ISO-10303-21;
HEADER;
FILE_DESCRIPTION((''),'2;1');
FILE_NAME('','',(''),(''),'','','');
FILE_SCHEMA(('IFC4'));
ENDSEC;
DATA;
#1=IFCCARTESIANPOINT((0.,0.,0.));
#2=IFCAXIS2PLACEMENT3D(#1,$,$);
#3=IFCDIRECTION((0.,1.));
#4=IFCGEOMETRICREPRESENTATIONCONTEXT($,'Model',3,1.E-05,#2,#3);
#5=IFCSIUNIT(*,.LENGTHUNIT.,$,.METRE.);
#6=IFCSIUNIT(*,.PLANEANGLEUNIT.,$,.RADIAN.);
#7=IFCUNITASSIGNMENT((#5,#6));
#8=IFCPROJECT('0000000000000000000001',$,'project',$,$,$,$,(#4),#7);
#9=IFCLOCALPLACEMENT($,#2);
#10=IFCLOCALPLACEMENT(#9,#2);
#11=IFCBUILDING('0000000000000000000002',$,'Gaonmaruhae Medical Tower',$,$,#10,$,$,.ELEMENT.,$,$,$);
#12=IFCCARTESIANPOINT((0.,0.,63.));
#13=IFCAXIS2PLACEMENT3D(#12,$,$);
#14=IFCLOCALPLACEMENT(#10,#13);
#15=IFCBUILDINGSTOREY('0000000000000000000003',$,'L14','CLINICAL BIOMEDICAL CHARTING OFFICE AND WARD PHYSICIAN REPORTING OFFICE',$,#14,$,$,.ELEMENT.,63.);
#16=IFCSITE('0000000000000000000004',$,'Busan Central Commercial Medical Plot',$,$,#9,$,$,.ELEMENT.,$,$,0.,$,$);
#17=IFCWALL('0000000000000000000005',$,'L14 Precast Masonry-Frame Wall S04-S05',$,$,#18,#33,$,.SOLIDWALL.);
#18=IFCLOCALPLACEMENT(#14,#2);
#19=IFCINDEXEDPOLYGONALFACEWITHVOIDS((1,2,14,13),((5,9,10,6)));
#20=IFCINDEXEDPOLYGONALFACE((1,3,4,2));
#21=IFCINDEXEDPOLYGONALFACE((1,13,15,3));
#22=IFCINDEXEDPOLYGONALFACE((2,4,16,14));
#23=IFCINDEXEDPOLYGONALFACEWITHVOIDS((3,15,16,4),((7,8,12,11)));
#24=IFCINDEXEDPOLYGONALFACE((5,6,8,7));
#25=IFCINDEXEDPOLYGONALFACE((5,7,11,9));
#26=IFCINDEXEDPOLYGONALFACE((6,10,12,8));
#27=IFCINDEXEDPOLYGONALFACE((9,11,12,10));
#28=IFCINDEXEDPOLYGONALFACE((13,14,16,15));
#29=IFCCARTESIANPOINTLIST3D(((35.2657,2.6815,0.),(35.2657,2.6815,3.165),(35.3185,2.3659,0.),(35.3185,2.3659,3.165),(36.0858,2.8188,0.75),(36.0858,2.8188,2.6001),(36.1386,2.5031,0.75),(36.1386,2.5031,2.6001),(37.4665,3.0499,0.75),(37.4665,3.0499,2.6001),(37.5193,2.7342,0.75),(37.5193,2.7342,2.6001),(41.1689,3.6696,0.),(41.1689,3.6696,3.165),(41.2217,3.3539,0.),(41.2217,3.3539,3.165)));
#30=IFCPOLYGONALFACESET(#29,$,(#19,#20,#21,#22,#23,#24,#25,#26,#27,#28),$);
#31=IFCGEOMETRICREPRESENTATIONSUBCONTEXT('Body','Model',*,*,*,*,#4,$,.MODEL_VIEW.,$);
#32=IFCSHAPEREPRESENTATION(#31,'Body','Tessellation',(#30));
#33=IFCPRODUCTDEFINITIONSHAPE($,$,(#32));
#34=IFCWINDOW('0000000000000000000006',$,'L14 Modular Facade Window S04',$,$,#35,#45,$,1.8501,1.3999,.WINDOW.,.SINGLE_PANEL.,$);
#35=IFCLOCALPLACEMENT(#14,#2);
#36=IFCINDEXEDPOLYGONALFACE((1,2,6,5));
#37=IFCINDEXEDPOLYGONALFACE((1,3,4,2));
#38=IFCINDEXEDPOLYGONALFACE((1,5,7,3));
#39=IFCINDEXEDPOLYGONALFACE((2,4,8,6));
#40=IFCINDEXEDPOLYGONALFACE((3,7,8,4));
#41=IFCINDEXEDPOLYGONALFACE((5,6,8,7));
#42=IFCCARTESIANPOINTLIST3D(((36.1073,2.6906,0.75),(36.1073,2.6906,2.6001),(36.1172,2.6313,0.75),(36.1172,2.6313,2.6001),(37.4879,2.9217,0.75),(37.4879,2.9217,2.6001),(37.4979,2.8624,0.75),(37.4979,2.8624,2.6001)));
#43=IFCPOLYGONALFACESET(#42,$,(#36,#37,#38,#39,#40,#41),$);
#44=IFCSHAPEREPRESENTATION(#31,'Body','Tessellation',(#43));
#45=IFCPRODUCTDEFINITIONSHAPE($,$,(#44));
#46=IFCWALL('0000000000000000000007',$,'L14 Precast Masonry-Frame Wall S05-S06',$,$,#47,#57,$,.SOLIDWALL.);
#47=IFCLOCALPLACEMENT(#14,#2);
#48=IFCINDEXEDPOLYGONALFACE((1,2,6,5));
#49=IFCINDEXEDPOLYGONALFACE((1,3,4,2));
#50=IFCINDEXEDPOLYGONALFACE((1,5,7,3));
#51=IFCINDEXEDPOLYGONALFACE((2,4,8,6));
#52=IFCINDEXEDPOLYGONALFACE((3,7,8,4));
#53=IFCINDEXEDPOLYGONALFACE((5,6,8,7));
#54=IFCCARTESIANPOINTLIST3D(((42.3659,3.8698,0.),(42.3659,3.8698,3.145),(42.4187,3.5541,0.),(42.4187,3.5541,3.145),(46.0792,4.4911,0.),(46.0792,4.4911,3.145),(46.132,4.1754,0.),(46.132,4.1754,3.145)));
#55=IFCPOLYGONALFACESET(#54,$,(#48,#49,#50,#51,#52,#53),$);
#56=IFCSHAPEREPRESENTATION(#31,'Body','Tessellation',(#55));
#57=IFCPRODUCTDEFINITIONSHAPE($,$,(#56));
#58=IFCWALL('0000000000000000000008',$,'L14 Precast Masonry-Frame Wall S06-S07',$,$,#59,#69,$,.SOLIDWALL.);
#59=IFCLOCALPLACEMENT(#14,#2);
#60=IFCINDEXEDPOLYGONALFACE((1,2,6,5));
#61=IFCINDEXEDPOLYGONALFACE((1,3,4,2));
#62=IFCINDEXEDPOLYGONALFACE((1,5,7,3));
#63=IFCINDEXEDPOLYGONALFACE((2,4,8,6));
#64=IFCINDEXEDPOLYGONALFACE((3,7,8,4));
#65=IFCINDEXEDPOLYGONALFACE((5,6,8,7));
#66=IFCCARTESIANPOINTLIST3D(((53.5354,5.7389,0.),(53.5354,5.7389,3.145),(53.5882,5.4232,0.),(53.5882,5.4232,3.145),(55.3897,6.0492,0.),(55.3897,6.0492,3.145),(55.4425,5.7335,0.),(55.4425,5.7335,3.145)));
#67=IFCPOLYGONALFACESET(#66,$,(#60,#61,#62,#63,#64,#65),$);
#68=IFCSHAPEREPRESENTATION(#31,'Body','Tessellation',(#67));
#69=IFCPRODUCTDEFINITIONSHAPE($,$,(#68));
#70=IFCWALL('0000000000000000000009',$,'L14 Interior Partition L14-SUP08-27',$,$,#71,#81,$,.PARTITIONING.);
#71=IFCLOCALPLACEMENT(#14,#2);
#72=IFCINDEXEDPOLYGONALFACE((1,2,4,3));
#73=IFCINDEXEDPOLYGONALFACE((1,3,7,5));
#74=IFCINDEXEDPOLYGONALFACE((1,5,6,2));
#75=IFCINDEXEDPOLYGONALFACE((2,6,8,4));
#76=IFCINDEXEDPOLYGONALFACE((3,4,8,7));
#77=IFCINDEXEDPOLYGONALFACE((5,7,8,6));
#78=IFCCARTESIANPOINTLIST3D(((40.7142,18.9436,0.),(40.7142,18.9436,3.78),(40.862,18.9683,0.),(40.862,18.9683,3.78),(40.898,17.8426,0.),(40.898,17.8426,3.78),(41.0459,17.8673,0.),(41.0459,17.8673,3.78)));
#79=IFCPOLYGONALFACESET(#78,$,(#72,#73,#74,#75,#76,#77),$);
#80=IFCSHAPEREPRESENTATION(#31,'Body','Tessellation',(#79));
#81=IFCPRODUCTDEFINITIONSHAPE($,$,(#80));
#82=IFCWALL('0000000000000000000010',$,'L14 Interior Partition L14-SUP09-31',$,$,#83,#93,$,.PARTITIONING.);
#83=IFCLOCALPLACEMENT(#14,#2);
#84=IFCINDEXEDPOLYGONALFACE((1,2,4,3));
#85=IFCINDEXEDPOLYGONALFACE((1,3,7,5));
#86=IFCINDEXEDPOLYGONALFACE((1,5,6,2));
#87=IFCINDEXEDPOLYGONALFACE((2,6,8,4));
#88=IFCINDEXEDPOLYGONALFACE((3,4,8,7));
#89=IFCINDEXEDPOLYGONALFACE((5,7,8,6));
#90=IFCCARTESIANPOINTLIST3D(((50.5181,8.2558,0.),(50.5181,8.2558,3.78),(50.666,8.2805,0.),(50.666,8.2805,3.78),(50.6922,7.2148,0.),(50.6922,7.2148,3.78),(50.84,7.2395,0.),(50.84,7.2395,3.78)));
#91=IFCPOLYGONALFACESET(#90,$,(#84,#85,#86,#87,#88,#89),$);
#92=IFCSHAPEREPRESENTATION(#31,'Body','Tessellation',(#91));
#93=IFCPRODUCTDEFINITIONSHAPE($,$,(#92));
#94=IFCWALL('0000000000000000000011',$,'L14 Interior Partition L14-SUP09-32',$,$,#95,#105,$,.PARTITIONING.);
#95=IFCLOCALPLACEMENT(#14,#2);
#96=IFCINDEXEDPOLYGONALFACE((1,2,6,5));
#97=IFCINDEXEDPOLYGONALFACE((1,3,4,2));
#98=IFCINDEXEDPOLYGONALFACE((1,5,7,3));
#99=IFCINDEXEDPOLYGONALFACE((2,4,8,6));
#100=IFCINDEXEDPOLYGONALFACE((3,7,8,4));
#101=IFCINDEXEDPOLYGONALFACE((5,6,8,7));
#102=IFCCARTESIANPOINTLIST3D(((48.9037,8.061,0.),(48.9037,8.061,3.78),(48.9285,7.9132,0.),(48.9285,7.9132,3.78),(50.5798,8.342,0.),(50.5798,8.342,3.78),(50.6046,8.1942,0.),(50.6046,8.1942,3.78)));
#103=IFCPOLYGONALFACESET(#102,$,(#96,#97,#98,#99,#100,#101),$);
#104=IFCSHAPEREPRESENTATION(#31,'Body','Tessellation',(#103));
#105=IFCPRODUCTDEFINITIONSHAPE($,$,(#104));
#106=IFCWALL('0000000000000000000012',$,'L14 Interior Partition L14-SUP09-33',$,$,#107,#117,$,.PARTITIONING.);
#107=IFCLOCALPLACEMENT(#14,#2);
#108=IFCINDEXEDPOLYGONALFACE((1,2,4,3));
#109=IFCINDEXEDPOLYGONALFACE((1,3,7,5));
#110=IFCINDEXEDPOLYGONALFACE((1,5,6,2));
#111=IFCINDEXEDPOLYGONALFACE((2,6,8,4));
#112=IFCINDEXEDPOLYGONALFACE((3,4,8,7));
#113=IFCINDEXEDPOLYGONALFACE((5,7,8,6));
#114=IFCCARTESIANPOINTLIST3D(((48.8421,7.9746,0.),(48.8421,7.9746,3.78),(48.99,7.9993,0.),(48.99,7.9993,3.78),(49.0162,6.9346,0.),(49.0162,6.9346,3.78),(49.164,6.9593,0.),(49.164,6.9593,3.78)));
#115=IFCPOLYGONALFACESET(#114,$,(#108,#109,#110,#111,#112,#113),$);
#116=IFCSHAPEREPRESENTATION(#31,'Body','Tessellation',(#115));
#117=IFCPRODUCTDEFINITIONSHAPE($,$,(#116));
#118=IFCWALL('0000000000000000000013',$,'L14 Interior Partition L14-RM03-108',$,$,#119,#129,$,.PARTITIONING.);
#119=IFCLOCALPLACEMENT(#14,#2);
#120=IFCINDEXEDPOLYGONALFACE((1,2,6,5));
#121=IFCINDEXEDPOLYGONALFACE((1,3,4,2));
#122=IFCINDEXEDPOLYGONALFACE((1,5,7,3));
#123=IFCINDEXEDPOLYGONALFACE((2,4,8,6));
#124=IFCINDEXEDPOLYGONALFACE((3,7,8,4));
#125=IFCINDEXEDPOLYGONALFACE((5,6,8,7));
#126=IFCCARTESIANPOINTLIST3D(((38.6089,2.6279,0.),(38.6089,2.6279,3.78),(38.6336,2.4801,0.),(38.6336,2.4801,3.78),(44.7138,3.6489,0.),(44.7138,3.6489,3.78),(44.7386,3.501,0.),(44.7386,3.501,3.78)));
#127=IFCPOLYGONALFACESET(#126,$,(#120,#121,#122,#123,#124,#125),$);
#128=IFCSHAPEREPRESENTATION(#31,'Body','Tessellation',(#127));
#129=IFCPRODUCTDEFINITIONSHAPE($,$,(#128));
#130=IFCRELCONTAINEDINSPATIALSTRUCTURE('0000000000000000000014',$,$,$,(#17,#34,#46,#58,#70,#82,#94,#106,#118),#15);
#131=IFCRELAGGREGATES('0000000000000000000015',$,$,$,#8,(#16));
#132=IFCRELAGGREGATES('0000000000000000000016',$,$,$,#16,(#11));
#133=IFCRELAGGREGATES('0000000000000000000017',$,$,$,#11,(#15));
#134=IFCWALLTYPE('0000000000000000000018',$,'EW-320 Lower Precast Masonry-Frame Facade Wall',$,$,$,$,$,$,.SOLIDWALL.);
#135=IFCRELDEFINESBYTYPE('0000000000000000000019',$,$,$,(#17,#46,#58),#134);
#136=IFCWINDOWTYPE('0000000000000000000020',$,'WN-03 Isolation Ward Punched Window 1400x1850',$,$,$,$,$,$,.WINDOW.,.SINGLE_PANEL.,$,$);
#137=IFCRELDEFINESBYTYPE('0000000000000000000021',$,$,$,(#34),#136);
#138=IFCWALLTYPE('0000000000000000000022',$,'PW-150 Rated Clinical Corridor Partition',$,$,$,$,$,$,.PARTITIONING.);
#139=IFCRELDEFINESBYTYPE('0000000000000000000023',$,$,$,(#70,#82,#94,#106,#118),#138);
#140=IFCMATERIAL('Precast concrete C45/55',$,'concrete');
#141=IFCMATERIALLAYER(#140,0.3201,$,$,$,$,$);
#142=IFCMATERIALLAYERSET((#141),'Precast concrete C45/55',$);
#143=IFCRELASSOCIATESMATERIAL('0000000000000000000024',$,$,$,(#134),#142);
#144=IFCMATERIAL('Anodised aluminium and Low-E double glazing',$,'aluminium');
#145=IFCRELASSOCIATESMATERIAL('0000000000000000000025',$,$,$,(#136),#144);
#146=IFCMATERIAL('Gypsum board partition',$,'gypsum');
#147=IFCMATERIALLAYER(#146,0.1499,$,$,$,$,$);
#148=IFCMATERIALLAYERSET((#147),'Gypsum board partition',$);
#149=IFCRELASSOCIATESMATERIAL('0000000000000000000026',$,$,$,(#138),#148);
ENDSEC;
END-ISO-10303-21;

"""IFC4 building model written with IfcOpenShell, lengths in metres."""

from ifc_helpers import new_model, si_unit, direction, frame, frame_2d, origin, place, context, subcontext, project, spatial, rectangle, extrude, material, layer, layer_set, type_object, element, fill, save


model = new_model("IFC4")

# Units and contexts
model_context = context("Model", 3, precision=1e-05, world=origin(), true_north=direction((0.0, 1.0)))
body_context = subcontext(model_context, "Body", "Model", "MODEL_VIEW")
ifc_project = project(units=[si_unit("LENGTHUNIT", "METRE"), si_unit("PLANEANGLEUNIT", "RADIAN")], contexts=[model_context])

# Site, building, storey
site_placement = place(None, origin())
site = spatial("IfcSite", under=ifc_project, at=site_placement, Name="Busan Central Commercial Medical Plot", CompositionType="ELEMENT", RefElevation=0.0)
building_placement = place(site_placement, origin())
building = spatial("IfcBuilding", under=site, at=building_placement, Name="Gaonmaruhae Medical Tower", CompositionType="ELEMENT")
storey_placement = place(building_placement, frame((0.0, 0.0, 63.0)))
storey = spatial("IfcBuildingStorey", under=building, at=storey_placement, Name="L14", Description="CLINICAL BIOMEDICAL CHARTING OFFICE AND WARD PHYSICIAN REPORTING OFFICE", CompositionType="ELEMENT", Elevation=63.0)

# Shared definitions
ifc_material_1 = material(Name="Precast concrete C45/55", Category="concrete")

# Wall, opening, window
ifc_layer_1 = layer(ifc_material_1, 0.3201)
ifc_layer_set_1 = layer_set([ifc_layer_1], Name="Precast concrete C45/55")
wall_type_1 = type_object("IfcWallType", Name="EW-320 Lower Precast Masonry-Frame Facade Wall", PredefinedType="SOLIDWALL", material=ifc_layer_set_1)
wall_1_placement = place(storey_placement, frame((41.1953, 3.5117, 0.0), z_axis=(0.0, 0.0, 1.0), x_axis=(-0.986281, -0.165074, 0.0)))
wall_1 = element("IfcWall", 1, at=wall_1_placement, inside=storey, type_object=wall_type_1, Name="L14 Precast Masonry-Frame Wall S04-S05", PredefinedType="SOLIDWALL", context=body_context, shape_type="SweptSolid", body=[
    extrude(rectangle(XDim=5.9854, YDim=0.3201, at=frame_2d((2.9927, 0.0))), origin(), (0.0, 0.0, 1.0), 3.165),
])
opening_1_placement = place(wall_1_placement, frame((3.7539, 0.0, 0.75)))
opening_1 = element("IfcOpeningElement", 2, at=opening_1_placement, cuts=wall_1, PredefinedType="OPENING", context=body_context, shape_type="SweptSolid", body=[
    extrude(rectangle(XDim=1.3999, YDim=1.8501, at=frame_2d((0.7, 0.925))), frame((0.0, 0.1699, 0.0), z_axis=(0.0, -1.0, 0.0), x_axis=(1.0, 0.0, 0.0)), (0.0, 0.0, 1.0), 0.3401),
])
ifc_material_2 = material(Name="Anodised aluminium and Low-E double glazing", Category="aluminium")
window_type = type_object("IfcWindowType", Name="WN-03 Isolation Ward Punched Window 1400x1850", PartitioningType="SINGLE_PANEL", PredefinedType="WINDOW", material=ifc_material_2)
window_placement = place(opening_1_placement, origin())
window = element("IfcWindow", 3, at=window_placement, inside=storey, type_object=window_type, Name="L14 Modular Facade Window S04", OverallHeight=1.8501, OverallWidth=1.3999, PartitioningType="SINGLE_PANEL", PredefinedType="WINDOW", context=body_context, shape_type="SweptSolid", body=[
    extrude(rectangle(XDim=1.3999, YDim=1.8501, at=frame_2d((0.7, 0.925))), frame((0.0, 0.03, 0.0), z_axis=(0.0, -1.0, 0.0), x_axis=(1.0, 0.0, 0.0)), (0.0, 0.0, 1.0), 0.0601),
])
fill(opening_1, window)

# Walls
wall_2_placement = place(storey_placement, frame((46.1055, 4.3333, 0.0), z_axis=(0.0, 0.0, 1.0), x_axis=(-0.986289, -0.16503, 0.0)))
element("IfcWall", 4, at=wall_2_placement, inside=storey, type_object=wall_type_1, Name="L14 Precast Masonry-Frame Wall S05-S06", PredefinedType="SOLIDWALL", context=body_context, shape_type="SweptSolid", body=[
    extrude(rectangle(XDim=3.7649, YDim=0.3201, at=frame_2d((1.8823, 0.0))), origin(), (0.0, 0.0, 1.0), 3.145),
])
wall_3_placement = place(storey_placement, frame((55.416, 5.8914, 0.0), z_axis=(0.0, 0.0, 1.0), x_axis=(-0.986285, -0.165052, 0.0)))
element("IfcWall", 5, at=wall_3_placement, inside=storey, type_object=wall_type_1, Name="L14 Precast Masonry-Frame Wall S06-S07", PredefinedType="SOLIDWALL", context=body_context, shape_type="SweptSolid", body=[
    extrude(rectangle(XDim=1.8801, YDim=0.3201, at=frame_2d((0.9399, 0.0))), origin(), (0.0, 0.0, 1.0), 3.145),
])
ifc_material_3 = material(Name="Gypsum board partition", Category="gypsum")
ifc_layer_2 = layer(ifc_material_3, 0.1499)
ifc_layer_set_2 = layer_set([ifc_layer_2], Name="Gypsum board partition")
wall_type_2 = type_object("IfcWallType", Name="PW-150 Rated Clinical Corridor Partition", PredefinedType="PARTITIONING", material=ifc_layer_set_2)
wall_4_placement = place(storey_placement, frame((40.9719, 17.855, 0.0), z_axis=(0.0, 0.0, 1.0), x_axis=(-0.164683, 0.986347, 0.0)))
element("IfcWall", 6, at=wall_4_placement, inside=storey, type_object=wall_type_2, Name="L14 Interior Partition L14-SUP08-27", PredefinedType="PARTITIONING", context=body_context, shape_type="SweptSolid", body=[
    extrude(rectangle(XDim=1.1162, YDim=0.1499, at=frame_2d((0.5581, 0.0))), origin(), (0.0, 0.0, 1.0), 3.78),
])
wall_5_placement = place(storey_placement, frame((50.7661, 7.2271, 0.0), z_axis=(0.0, 0.0, 1.0), x_axis=(-0.164924, 0.986306, 0.0)))
element("IfcWall", 7, at=wall_5_placement, inside=storey, type_object=wall_type_2, Name="L14 Interior Partition L14-SUP09-31", PredefinedType="PARTITIONING", context=body_context, shape_type="SweptSolid", body=[
    extrude(rectangle(XDim=1.0554, YDim=0.1499, at=frame_2d((0.5278, 0.0))), origin(), (0.0, 0.0, 1.0), 3.78),
])
wall_6_placement = place(storey_placement, frame((50.592, 8.2681, 0.0), z_axis=(0.0, 0.0, 1.0), x_axis=(-0.986234, -0.165354, 0.0)))
element("IfcWall", 8, at=wall_6_placement, inside=storey, type_object=wall_type_2, Name="L14 Interior Partition L14-SUP09-32", PredefinedType="PARTITIONING", context=body_context, shape_type="SweptSolid", body=[
    extrude(rectangle(XDim=1.6995, YDim=0.1499, at=frame_2d((0.8496, 0.0))), origin(), (0.0, 0.0, 1.0), 3.78),
])
wall_7_placement = place(storey_placement, frame((48.916, 7.9871, 0.0), z_axis=(0.0, 0.0, 1.0), x_axis=(0.165075, -0.986281, 0.0)))
element("IfcWall", 9, at=wall_7_placement, inside=storey, type_object=wall_type_2, Name="L14 Interior Partition L14-SUP09-33", PredefinedType="PARTITIONING", context=body_context, shape_type="SweptSolid", body=[
    extrude(rectangle(XDim=1.0544, YDim=0.1499, at=frame_2d((0.5273, 0.0))), origin(), (0.0, 0.0, 1.0), 3.78),
])
wall_8_placement = place(storey_placement, frame((44.7261, 3.575, 0.0), z_axis=(0.0, 0.0, 1.0), x_axis=(-0.986302, -0.164949, 0.0)))
element("IfcWall", 10, at=wall_8_placement, inside=storey, type_object=wall_type_2, Name="L14 Interior Partition L14-RM03-108", PredefinedType="PARTITIONING", context=body_context, shape_type="SweptSolid", body=[
    extrude(rectangle(XDim=6.1897, YDim=0.1499, at=frame_2d((3.0947, 0.0))), origin(), (0.0, 0.0, 1.0), 3.78),
])

save(model, "model.ifc")
